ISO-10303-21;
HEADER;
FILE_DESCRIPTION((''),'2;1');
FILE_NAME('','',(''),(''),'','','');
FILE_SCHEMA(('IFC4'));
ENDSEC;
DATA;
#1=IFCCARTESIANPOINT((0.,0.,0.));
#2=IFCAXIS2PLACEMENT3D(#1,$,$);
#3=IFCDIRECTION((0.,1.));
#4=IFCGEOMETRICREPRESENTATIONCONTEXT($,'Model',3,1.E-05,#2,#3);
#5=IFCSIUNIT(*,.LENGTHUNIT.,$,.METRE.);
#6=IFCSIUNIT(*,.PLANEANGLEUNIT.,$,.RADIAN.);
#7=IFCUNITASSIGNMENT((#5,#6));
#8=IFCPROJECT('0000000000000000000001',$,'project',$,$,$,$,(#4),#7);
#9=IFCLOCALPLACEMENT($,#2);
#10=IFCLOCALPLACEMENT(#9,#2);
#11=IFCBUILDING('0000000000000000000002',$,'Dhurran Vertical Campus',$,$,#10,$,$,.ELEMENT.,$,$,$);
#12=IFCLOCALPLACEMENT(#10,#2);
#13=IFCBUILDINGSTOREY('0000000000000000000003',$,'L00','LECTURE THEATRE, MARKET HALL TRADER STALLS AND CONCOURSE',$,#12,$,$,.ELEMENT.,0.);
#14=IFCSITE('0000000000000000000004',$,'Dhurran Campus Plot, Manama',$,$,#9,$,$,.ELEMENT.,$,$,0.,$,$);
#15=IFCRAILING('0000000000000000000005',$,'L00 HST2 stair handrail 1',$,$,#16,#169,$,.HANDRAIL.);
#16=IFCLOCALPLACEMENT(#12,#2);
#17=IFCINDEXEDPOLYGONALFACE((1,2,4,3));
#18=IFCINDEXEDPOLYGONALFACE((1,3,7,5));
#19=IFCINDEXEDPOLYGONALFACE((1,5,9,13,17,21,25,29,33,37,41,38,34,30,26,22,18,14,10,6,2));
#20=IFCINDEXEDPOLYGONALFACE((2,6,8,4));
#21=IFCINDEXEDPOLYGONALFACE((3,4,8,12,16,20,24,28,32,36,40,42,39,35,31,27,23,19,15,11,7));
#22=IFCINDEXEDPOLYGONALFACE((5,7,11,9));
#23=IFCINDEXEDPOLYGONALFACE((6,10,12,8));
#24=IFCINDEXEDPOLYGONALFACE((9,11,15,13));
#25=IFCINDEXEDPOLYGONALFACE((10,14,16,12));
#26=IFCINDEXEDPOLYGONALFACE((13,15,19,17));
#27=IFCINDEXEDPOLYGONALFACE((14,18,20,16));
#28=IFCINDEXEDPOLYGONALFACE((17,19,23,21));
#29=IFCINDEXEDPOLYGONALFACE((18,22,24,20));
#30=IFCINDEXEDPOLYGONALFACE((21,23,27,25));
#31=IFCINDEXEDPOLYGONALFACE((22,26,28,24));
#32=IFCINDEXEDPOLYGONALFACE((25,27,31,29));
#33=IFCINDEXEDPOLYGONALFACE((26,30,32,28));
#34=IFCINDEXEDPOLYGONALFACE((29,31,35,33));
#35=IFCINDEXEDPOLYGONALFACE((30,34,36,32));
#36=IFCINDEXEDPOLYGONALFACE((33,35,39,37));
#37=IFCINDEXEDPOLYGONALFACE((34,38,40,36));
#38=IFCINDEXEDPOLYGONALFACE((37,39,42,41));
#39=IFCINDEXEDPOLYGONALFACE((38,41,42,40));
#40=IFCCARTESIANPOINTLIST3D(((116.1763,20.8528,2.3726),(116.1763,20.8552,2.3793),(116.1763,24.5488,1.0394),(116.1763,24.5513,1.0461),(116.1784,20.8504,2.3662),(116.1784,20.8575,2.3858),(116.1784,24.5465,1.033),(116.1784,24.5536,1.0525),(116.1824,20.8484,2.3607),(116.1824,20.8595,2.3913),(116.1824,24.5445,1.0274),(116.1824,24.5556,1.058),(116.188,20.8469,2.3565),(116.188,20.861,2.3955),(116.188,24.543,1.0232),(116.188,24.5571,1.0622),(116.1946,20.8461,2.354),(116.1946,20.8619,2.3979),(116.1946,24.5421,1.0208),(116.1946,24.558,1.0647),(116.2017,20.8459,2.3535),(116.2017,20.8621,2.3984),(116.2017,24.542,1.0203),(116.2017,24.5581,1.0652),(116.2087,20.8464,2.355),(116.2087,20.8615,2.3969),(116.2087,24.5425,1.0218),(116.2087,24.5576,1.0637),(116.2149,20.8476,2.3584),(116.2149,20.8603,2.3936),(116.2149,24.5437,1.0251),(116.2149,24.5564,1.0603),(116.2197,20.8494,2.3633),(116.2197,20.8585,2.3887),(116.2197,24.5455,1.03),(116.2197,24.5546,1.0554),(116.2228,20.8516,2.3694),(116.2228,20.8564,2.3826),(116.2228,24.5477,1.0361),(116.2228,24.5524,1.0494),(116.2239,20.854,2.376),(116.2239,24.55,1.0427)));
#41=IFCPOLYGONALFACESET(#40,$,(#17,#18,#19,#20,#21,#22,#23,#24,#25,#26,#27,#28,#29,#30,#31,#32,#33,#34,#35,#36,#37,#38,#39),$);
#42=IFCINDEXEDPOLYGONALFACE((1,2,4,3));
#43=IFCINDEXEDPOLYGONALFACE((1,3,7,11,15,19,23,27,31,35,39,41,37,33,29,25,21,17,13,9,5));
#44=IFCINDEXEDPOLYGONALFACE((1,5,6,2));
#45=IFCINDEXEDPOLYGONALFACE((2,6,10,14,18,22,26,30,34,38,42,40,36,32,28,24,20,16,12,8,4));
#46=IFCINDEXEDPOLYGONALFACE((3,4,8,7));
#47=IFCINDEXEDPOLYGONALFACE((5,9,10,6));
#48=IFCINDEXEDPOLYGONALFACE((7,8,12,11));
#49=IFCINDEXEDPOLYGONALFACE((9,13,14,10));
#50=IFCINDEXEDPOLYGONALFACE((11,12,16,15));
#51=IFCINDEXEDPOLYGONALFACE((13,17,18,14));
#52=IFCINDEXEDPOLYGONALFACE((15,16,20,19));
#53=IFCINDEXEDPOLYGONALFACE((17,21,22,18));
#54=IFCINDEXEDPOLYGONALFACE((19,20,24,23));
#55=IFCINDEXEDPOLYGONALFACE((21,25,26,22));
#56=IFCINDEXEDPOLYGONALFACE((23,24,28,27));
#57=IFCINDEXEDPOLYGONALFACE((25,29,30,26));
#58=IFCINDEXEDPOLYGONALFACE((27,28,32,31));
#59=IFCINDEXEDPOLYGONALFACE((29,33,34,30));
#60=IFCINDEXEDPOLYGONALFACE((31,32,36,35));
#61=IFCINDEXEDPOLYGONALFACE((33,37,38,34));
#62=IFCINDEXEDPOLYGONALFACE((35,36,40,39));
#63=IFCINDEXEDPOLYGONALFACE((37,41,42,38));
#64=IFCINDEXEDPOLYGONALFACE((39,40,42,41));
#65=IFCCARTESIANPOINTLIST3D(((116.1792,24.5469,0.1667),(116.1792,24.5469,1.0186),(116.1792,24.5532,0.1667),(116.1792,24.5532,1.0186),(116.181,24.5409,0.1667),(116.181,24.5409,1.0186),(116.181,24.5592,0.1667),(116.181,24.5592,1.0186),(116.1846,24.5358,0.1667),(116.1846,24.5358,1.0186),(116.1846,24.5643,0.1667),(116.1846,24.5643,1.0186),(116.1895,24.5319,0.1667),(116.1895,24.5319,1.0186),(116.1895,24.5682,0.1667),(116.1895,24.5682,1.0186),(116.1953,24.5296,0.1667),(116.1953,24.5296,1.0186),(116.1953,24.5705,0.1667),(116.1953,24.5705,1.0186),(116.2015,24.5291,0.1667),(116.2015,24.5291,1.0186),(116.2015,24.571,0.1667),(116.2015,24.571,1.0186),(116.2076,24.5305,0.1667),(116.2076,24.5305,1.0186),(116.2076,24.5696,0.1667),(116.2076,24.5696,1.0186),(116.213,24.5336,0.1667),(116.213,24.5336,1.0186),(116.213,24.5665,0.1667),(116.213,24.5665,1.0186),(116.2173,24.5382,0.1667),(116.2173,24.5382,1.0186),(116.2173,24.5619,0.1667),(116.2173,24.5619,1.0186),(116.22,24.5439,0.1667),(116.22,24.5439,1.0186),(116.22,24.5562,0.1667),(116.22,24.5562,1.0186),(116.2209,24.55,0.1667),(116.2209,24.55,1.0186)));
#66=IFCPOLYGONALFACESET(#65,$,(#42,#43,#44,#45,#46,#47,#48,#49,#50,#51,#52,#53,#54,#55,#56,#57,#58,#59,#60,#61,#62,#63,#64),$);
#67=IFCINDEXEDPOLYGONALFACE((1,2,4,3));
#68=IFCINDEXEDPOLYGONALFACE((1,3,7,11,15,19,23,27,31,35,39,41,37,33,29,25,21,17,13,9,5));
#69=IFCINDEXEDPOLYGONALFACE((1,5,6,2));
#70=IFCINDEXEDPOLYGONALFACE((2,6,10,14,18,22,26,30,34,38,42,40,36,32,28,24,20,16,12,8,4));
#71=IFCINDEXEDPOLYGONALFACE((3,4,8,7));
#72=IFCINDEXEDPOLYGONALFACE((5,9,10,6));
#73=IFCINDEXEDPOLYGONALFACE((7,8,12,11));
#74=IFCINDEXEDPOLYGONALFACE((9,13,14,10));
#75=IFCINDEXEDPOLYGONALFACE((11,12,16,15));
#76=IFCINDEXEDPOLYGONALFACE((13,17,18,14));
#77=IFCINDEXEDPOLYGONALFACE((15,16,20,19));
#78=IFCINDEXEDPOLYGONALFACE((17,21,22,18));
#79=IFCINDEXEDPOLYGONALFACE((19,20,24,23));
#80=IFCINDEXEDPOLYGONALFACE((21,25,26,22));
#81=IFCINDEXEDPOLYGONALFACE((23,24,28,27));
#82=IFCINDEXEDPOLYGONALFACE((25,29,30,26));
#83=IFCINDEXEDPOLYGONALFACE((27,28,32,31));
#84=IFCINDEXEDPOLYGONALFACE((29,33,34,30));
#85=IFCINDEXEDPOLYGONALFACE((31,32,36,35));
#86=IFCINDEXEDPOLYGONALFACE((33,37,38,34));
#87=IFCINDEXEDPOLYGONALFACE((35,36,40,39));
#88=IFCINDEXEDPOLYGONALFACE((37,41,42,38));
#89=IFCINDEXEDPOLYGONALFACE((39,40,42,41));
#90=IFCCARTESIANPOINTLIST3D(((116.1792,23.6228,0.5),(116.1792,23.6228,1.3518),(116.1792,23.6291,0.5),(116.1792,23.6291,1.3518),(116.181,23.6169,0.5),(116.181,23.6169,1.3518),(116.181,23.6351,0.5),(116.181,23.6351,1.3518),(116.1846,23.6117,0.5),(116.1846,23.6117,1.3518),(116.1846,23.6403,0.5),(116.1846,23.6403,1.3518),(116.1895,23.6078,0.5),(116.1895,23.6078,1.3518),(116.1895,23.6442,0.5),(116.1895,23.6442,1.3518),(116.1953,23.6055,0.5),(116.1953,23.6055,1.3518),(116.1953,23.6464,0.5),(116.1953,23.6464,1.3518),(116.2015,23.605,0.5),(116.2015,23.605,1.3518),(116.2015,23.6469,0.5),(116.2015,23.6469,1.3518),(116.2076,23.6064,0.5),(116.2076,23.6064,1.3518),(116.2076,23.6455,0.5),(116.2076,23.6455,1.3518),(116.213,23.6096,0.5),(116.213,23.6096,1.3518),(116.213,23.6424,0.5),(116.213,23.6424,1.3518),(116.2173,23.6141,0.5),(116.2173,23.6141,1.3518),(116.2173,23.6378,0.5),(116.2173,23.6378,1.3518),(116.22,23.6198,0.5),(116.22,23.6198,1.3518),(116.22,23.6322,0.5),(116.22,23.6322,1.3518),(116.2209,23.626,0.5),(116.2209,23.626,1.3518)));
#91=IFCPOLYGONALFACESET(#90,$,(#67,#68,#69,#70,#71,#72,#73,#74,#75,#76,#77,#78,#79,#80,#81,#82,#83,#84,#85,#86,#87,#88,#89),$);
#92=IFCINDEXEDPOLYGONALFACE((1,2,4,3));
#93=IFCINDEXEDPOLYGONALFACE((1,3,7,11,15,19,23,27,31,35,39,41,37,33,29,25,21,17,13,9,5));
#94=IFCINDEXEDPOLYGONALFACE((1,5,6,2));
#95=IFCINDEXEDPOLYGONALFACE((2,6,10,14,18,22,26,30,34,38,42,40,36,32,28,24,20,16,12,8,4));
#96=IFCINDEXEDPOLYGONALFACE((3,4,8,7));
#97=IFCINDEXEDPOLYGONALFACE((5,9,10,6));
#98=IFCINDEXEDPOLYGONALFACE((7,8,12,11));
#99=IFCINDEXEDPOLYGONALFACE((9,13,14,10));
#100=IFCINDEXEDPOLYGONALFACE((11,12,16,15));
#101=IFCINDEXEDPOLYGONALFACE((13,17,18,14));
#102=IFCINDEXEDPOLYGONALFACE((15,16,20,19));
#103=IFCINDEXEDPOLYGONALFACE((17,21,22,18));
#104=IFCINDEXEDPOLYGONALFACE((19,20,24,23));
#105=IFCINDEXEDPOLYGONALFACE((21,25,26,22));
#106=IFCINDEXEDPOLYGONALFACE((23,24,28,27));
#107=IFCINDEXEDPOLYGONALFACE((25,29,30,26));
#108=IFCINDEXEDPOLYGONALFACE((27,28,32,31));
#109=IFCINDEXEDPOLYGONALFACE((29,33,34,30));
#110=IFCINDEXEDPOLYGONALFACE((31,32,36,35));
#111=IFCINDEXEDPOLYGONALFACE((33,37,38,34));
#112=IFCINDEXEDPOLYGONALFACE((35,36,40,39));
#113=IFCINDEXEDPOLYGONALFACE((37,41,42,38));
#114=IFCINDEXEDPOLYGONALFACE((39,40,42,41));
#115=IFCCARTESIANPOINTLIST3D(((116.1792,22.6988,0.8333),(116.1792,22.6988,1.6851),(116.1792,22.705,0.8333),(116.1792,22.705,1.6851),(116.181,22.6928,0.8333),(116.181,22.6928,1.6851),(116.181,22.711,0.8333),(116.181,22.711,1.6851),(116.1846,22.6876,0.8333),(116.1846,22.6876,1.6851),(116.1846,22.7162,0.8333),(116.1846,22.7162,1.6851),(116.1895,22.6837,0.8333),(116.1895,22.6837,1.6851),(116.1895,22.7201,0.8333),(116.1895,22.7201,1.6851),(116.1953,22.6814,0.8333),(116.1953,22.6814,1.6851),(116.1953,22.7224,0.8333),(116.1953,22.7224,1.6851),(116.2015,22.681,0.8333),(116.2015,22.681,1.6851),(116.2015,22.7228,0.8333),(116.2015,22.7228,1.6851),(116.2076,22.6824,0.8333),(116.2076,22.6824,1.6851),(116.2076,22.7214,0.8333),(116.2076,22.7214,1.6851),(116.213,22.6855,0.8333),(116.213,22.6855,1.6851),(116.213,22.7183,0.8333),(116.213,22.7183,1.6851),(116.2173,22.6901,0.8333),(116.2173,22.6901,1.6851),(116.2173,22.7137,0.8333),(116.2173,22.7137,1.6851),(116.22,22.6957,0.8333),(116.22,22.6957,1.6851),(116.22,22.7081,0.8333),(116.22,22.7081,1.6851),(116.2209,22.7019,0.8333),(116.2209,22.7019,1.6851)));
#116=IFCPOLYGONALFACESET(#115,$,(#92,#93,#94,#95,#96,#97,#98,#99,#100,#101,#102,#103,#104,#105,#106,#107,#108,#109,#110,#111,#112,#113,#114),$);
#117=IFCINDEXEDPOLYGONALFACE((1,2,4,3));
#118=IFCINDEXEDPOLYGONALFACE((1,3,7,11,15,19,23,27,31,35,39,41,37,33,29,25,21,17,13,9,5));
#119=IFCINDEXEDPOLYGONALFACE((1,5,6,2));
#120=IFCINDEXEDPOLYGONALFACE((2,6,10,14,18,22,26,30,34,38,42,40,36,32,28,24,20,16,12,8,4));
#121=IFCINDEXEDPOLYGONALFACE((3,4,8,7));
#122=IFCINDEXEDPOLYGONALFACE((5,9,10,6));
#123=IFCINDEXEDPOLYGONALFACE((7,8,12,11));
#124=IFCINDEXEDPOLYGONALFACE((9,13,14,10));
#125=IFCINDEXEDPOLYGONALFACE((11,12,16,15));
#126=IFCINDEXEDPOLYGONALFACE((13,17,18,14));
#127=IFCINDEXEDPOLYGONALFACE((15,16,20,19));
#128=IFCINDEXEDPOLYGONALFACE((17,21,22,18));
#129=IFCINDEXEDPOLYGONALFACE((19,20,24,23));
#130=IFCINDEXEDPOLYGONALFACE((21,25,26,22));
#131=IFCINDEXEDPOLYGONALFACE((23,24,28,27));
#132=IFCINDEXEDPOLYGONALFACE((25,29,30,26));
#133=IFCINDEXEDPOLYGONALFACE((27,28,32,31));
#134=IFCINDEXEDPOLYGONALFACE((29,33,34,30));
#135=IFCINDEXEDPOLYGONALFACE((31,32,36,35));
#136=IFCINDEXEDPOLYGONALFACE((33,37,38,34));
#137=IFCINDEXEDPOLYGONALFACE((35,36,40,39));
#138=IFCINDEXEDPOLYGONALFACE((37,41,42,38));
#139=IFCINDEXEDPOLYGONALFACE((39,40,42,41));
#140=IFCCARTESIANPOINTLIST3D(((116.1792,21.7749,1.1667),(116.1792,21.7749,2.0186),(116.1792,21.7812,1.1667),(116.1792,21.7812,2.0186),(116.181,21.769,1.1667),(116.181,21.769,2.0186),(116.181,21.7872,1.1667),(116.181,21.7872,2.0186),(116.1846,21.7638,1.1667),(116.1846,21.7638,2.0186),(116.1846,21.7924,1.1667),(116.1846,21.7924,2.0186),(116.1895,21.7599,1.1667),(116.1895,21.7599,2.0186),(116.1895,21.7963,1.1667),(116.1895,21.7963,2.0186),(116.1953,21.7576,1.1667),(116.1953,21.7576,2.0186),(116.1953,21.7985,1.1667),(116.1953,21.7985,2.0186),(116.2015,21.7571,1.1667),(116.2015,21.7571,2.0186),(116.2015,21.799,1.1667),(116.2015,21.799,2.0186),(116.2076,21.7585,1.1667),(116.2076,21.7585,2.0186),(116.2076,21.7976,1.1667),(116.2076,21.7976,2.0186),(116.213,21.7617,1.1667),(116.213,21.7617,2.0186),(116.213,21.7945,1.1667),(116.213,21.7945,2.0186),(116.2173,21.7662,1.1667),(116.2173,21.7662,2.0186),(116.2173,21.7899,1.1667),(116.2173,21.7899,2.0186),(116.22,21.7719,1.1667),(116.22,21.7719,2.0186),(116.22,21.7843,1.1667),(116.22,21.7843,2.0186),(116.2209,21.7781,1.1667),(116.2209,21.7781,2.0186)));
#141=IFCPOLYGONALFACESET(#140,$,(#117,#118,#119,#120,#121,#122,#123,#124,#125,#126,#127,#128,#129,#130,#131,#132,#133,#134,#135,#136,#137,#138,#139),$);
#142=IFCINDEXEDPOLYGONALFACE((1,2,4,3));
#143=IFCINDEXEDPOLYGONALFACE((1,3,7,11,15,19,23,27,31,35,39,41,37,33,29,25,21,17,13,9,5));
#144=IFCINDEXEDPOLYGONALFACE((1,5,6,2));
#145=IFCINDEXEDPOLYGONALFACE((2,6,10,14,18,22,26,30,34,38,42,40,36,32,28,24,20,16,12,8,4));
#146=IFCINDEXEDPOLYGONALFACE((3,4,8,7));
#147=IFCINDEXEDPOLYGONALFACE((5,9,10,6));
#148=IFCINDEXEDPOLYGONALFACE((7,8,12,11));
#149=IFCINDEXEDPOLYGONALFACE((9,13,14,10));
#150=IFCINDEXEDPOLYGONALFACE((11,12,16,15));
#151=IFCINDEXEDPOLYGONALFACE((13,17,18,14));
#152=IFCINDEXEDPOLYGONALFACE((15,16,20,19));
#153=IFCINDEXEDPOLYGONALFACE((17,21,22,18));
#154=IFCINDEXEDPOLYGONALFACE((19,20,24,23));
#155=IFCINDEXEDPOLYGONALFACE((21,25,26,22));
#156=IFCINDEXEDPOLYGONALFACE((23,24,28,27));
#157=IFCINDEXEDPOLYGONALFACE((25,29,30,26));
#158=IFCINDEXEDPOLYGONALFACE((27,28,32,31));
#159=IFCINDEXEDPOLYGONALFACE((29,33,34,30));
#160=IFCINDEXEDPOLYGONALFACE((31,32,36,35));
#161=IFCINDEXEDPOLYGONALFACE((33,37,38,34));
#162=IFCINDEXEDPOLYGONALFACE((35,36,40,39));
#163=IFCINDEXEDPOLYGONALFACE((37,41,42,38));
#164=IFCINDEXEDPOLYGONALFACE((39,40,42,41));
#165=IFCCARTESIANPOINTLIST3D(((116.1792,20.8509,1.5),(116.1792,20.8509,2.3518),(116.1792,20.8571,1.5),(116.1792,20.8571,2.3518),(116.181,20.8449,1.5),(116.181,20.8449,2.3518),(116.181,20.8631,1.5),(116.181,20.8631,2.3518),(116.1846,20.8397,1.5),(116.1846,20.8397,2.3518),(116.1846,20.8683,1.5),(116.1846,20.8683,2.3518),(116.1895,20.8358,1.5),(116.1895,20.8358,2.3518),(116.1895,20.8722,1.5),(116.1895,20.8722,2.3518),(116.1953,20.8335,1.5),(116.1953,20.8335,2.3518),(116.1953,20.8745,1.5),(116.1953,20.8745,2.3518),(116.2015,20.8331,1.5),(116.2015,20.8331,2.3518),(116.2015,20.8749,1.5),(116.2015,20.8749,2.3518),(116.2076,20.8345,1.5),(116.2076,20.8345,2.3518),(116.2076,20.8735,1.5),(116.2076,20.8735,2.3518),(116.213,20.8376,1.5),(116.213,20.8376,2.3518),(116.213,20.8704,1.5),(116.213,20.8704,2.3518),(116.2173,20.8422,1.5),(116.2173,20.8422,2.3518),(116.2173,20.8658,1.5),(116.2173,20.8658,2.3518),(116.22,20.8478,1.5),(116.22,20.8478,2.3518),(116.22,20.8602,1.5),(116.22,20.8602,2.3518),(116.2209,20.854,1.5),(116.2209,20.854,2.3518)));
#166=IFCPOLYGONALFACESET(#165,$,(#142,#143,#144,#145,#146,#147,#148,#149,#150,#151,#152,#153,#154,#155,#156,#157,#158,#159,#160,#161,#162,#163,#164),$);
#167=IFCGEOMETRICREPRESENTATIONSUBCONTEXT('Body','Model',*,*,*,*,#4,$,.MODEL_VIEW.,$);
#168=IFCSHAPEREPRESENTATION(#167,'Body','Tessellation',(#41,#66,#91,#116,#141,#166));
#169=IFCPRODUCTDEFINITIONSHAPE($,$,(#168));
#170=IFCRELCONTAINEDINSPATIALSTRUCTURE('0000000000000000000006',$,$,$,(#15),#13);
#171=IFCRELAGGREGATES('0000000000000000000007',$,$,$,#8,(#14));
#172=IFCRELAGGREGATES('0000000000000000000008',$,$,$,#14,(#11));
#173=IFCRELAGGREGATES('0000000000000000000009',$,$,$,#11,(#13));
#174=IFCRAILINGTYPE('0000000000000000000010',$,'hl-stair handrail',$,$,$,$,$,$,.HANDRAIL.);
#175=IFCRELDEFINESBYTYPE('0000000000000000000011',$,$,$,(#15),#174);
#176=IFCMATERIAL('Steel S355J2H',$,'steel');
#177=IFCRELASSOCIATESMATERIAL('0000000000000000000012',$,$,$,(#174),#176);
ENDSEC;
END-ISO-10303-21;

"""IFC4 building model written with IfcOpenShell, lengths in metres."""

from ifc_helpers import new_model, si_unit, direction, frame, origin, origin_2d, place, context, subcontext, project, spatial, circle, extrude, material, type_object, element, save


model = new_model("IFC4")

# Units and contexts
model_context = context("Model", 3, precision=1e-05, world=origin(), true_north=direction((0.0, 1.0)))
body_context = subcontext(model_context, "Body", "Model", "MODEL_VIEW")
ifc_project = project(units=[si_unit("LENGTHUNIT", "METRE"), si_unit("PLANEANGLEUNIT", "RADIAN")], contexts=[model_context])

# Site, building, storey
site_placement = place(None, origin())
site = spatial("IfcSite", under=ifc_project, at=site_placement, Name="Dhurran Campus Plot, Manama", CompositionType="ELEMENT", RefElevation=0.0)
building_placement = place(site_placement, origin())
building = spatial("IfcBuilding", under=site, at=building_placement, Name="Dhurran Vertical Campus", CompositionType="ELEMENT")
storey_placement = place(building_placement, origin())
storey = spatial("IfcBuildingStorey", under=building, at=storey_placement, Name="L00", Description="LECTURE THEATRE, MARKET HALL TRADER STALLS AND CONCOURSE", CompositionType="ELEMENT", Elevation=0.0)

# Railing
ifc_material_1 = material(Name="Steel S355J2H", Category="steel")
railing_type_1 = type_object("IfcRailingType", Name="hl-stair handrail", PredefinedType="HANDRAIL", material=ifc_material_1)
railing_1_placement = place(storey_placement, frame((116.2, 24.55, 0.1667)))
element("IfcRailing", 1, at=railing_1_placement, inside=storey, type_object=railing_type_1, Name="L00 HST2 stair handrail 1", PredefinedType="HANDRAIL", context=body_context, shape_type="SweptSolid", body=[
    extrude(circle(Radius=0.0239, at=origin_2d()), frame((0.0, 0.0, 0.876), z_axis=(0.0, -0.94067, 0.339322), x_axis=(1.0, 0.0, 0.0)), (0.0, 0.0, 1.0), 3.9292),
    extrude(circle(Radius=0.021, at=origin_2d()), origin(), (0.0, 0.0, 1.0), 0.8518),
    extrude(circle(Radius=0.021, at=origin_2d()), frame((0.0, -0.9241, 0.3333)), (0.0, 0.0, 1.0), 0.8518),
    extrude(circle(Radius=0.021, at=origin_2d()), frame((0.0, -1.8481, 0.6665)), (0.0, 0.0, 1.0), 0.8518),
    extrude(circle(Radius=0.021, at=origin_2d()), frame((0.0, -2.772, 1.0)), (0.0, 0.0, 1.0), 0.8518),
    extrude(circle(Radius=0.021, at=origin_2d()), frame((0.0, -3.696, 1.3333)), (0.0, 0.0, 1.0), 0.8518),
])

save(model, "model.ifc")
